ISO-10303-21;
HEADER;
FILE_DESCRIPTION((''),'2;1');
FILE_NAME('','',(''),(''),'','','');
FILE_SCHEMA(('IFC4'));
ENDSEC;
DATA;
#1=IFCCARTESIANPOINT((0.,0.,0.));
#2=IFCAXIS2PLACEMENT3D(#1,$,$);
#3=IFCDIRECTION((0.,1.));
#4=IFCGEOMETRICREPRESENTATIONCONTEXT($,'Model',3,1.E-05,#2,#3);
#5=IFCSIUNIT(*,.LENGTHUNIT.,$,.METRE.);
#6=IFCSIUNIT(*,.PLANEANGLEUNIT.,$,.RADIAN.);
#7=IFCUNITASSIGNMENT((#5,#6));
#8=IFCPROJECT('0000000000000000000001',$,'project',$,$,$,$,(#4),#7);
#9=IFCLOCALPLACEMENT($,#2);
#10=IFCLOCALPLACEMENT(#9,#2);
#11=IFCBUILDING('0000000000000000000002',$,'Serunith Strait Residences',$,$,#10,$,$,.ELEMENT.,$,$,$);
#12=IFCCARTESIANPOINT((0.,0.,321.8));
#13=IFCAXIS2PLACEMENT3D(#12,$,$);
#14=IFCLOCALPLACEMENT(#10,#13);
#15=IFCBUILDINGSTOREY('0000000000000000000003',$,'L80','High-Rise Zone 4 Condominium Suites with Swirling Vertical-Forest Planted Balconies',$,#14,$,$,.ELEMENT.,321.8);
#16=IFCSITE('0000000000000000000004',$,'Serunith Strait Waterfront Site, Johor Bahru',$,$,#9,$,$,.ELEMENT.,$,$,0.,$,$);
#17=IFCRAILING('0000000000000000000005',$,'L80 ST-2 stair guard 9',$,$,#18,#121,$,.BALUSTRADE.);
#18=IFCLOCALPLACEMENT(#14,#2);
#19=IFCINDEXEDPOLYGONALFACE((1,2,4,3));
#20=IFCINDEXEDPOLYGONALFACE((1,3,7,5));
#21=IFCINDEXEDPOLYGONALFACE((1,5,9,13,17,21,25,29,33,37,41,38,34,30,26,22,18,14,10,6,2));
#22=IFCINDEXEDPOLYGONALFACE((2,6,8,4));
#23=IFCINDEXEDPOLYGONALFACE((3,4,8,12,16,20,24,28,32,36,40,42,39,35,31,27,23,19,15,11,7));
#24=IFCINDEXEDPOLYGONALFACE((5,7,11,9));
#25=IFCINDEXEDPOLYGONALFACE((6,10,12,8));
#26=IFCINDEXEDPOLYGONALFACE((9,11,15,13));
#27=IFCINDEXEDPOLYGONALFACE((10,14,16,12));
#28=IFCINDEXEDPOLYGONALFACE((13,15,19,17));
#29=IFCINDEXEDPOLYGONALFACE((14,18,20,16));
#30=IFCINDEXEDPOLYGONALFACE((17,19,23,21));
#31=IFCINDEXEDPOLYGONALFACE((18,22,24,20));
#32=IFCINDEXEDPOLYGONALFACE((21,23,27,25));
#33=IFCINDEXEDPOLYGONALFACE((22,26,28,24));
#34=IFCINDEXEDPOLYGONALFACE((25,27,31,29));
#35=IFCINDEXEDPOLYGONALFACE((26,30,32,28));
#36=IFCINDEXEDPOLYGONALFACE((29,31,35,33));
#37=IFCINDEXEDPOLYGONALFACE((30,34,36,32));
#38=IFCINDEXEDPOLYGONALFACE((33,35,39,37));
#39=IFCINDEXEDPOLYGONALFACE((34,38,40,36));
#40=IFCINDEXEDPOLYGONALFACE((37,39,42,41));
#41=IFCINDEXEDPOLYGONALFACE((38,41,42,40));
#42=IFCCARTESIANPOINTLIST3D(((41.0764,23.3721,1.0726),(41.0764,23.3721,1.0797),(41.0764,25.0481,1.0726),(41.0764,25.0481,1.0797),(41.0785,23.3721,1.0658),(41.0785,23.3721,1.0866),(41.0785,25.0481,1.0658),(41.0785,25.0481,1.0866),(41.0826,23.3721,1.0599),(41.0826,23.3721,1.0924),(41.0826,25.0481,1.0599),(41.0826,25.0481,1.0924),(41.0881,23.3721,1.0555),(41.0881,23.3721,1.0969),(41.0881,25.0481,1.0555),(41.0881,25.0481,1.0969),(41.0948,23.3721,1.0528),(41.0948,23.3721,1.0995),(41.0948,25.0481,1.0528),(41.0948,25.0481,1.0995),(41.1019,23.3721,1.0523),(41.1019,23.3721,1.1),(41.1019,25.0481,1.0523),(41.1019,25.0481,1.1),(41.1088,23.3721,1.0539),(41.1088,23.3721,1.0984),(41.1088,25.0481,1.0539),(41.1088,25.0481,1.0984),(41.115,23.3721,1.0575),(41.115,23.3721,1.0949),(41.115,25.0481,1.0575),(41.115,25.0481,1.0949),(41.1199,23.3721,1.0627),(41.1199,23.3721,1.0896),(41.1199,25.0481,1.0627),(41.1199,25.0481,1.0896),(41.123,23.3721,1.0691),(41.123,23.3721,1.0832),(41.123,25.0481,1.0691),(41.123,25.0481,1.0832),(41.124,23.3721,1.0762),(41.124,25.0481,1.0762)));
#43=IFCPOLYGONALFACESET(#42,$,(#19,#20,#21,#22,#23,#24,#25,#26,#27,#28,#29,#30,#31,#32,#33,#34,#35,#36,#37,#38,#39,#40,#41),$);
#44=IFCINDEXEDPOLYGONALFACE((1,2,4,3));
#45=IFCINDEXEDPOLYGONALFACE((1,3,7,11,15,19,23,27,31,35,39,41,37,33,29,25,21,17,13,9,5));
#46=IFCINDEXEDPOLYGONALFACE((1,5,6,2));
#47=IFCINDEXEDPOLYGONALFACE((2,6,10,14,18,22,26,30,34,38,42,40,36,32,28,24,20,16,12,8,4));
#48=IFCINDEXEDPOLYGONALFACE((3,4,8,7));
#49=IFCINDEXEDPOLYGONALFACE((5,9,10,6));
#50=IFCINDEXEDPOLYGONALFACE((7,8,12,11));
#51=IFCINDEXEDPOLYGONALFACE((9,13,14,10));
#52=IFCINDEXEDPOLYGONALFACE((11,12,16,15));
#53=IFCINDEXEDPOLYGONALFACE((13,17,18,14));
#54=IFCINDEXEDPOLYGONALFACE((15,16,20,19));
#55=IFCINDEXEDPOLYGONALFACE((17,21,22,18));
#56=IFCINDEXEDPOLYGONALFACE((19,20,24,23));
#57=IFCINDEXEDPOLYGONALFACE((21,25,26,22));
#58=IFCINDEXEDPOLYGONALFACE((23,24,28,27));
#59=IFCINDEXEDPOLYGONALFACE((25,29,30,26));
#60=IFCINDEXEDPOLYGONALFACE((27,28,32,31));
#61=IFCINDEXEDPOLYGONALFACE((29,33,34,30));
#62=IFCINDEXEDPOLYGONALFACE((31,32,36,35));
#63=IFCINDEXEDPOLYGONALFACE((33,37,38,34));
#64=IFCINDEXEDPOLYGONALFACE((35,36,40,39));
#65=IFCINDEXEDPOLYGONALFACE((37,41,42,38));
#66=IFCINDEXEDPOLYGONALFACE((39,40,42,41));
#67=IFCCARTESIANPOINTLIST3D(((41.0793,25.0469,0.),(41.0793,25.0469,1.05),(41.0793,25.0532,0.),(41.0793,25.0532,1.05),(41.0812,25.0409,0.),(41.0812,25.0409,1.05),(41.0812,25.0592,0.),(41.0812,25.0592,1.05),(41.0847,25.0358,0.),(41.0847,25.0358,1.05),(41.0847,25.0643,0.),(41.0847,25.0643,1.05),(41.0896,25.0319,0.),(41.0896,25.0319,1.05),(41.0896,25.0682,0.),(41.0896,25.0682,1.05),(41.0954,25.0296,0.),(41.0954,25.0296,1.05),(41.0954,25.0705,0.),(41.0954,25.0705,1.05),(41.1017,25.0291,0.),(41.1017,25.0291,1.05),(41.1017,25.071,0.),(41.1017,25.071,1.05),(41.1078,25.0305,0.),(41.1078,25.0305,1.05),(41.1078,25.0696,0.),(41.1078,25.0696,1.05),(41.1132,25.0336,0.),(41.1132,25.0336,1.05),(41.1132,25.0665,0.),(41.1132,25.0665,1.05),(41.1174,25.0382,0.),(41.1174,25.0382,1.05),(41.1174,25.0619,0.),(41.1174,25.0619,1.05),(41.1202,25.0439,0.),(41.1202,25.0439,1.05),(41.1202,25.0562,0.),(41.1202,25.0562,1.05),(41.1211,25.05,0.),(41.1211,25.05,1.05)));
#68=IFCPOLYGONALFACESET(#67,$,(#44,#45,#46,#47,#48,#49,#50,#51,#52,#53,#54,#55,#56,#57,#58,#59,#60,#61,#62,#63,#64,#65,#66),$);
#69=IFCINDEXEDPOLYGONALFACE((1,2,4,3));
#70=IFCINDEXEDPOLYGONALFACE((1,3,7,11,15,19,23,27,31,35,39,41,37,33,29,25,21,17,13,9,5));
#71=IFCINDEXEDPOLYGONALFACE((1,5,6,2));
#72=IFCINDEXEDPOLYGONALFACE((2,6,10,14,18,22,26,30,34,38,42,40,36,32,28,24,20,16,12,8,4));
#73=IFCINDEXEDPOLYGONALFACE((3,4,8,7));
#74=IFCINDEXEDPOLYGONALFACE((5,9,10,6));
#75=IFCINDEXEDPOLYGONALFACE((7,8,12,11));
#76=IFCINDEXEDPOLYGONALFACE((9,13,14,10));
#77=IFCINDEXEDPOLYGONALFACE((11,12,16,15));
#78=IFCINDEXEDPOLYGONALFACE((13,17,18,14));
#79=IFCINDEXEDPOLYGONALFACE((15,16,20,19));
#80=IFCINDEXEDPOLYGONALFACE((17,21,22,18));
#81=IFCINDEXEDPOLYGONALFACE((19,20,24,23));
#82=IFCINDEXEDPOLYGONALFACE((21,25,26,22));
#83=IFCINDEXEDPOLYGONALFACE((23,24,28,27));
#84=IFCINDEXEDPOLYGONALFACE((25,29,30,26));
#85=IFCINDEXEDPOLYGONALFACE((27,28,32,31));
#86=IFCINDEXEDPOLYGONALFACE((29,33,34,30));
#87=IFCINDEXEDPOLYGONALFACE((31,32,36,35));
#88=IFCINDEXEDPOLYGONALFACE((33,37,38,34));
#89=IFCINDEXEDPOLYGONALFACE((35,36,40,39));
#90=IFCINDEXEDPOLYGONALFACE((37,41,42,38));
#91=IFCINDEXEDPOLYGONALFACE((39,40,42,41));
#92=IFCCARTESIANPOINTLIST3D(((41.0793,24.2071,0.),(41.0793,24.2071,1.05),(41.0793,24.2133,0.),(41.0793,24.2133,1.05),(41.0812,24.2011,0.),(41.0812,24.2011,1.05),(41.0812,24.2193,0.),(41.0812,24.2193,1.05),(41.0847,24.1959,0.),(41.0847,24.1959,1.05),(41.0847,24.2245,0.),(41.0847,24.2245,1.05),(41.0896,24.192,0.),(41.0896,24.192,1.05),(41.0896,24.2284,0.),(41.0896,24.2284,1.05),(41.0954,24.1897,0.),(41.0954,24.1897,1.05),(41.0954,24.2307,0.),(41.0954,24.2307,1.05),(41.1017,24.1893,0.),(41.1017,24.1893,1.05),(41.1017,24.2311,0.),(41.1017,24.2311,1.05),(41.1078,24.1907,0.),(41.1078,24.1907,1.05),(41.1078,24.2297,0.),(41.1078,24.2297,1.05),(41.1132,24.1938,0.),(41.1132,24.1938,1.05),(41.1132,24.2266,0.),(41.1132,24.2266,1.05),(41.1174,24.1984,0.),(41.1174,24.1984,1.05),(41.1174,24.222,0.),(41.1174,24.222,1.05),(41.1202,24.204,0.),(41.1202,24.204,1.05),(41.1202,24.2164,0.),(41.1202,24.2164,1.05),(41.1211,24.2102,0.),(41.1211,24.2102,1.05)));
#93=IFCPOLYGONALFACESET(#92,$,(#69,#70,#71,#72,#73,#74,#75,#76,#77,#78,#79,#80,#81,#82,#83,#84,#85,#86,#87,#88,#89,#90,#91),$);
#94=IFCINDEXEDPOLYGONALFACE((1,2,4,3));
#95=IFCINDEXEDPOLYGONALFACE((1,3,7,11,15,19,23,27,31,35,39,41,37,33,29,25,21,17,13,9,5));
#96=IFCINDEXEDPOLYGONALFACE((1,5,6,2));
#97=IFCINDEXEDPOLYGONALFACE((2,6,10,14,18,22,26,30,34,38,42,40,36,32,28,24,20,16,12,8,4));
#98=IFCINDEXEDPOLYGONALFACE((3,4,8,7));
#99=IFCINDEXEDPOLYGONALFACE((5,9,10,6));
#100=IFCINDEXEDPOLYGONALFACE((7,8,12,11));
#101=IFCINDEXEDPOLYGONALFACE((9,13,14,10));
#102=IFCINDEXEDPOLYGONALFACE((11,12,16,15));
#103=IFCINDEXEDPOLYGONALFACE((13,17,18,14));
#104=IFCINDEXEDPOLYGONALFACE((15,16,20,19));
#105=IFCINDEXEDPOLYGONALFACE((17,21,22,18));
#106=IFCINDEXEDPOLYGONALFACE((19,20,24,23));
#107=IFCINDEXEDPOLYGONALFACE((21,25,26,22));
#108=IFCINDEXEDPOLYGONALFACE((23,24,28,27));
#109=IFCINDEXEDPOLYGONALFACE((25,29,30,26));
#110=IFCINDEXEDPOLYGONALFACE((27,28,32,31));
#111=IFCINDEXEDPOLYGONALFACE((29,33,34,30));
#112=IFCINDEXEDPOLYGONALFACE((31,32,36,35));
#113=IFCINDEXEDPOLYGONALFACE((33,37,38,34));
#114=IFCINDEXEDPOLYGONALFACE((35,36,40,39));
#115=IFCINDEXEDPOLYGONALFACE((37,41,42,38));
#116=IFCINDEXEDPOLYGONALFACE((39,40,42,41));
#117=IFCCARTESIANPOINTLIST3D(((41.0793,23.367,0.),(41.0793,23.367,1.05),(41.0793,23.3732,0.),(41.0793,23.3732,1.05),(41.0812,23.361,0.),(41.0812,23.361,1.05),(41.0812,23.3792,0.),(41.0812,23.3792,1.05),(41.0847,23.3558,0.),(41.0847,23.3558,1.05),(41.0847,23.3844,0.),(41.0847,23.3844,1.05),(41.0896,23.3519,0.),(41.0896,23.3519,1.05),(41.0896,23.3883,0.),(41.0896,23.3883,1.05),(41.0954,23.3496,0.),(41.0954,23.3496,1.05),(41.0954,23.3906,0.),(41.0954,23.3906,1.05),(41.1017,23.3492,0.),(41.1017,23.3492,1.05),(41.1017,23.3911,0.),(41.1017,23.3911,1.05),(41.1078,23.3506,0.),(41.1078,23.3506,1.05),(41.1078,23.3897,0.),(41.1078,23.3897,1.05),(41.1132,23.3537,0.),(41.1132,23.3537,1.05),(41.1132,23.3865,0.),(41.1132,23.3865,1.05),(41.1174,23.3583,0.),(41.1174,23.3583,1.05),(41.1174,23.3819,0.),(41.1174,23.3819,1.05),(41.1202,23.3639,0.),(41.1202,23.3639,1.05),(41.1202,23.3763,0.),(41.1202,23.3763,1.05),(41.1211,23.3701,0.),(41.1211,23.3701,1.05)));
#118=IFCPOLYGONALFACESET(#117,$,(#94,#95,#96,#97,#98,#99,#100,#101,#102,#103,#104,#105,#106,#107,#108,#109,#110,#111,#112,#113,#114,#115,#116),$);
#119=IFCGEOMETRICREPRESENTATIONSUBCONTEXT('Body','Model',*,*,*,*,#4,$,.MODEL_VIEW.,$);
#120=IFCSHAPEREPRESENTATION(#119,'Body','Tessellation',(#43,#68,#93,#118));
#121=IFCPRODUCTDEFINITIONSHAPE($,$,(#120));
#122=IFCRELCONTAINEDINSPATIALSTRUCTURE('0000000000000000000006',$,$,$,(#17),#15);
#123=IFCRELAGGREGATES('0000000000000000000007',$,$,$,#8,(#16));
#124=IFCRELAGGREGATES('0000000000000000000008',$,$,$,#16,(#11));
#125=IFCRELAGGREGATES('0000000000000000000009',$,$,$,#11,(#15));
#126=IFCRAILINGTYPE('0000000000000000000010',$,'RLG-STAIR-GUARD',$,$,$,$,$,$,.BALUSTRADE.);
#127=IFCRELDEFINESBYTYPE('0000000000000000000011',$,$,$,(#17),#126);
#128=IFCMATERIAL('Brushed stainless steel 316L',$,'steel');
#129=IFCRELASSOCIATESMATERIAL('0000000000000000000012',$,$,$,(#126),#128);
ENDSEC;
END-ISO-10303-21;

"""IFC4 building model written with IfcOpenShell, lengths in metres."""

from ifc_helpers import new_model, si_unit, direction, frame, origin, origin_2d, place, context, subcontext, project, spatial, circle, extrude, material, type_object, element, save


model = new_model("IFC4")

# Units and contexts
model_context = context("Model", 3, precision=1e-05, world=origin(), true_north=direction((0.0, 1.0)))
body_context = subcontext(model_context, "Body", "Model", "MODEL_VIEW")
ifc_project = project(units=[si_unit("LENGTHUNIT", "METRE"), si_unit("PLANEANGLEUNIT", "RADIAN")], contexts=[model_context])

# Site, building, storey
site_placement = place(None, origin())
site = spatial("IfcSite", under=ifc_project, at=site_placement, Name="Serunith Strait Waterfront Site, Johor Bahru", CompositionType="ELEMENT", RefElevation=0.0)
building_placement = place(site_placement, origin())
building = spatial("IfcBuilding", under=site, at=building_placement, Name="Serunith Strait Residences", CompositionType="ELEMENT")
storey_placement = place(building_placement, frame((0.0, 0.0, 321.8)))
storey = spatial("IfcBuildingStorey", under=building, at=storey_placement, Name="L80", Description="High-Rise Zone 4 Condominium Suites with Swirling Vertical-Forest Planted Balconies", CompositionType="ELEMENT", Elevation=321.8)

# Railing
ifc_material_1 = material(Name="Brushed stainless steel 316L", Category="steel")
railing_type = type_object("IfcRailingType", Name="RLG-STAIR-GUARD", PredefinedType="BALUSTRADE", material=ifc_material_1)
for number, where, name in (
    (1, (41.1001, 25.05, 0.0), "L80 ST-2 stair guard 9"),
):
    element("IfcRailing", number, at=place(storey_placement, frame(where)), inside=storey, type_object=railing_type, Name=name, PredefinedType="BALUSTRADE", context=body_context, shape_type="SweptSolid", body=[
        extrude(circle(Radius=0.0239, at=origin_2d()), frame((0.0, -0.002, 1.0762), z_axis=(0.0, -1.0, 0.0), x_axis=(1.0, 0.0, 0.0)), (0.0, 0.0, 1.0), 1.676),
        extrude(circle(Radius=0.021, at=origin_2d()), origin(), (0.0, 0.0, 1.0), 1.05),
        extrude(circle(Radius=0.021, at=origin_2d()), frame((0.0, -0.8398, 0.0)), (0.0, 0.0, 1.0), 1.05),
        extrude(circle(Radius=0.021, at=origin_2d()), frame((0.0, -1.6799, 0.0)), (0.0, 0.0, 1.0), 1.05),
    ])

save(model, "model.ifc")
